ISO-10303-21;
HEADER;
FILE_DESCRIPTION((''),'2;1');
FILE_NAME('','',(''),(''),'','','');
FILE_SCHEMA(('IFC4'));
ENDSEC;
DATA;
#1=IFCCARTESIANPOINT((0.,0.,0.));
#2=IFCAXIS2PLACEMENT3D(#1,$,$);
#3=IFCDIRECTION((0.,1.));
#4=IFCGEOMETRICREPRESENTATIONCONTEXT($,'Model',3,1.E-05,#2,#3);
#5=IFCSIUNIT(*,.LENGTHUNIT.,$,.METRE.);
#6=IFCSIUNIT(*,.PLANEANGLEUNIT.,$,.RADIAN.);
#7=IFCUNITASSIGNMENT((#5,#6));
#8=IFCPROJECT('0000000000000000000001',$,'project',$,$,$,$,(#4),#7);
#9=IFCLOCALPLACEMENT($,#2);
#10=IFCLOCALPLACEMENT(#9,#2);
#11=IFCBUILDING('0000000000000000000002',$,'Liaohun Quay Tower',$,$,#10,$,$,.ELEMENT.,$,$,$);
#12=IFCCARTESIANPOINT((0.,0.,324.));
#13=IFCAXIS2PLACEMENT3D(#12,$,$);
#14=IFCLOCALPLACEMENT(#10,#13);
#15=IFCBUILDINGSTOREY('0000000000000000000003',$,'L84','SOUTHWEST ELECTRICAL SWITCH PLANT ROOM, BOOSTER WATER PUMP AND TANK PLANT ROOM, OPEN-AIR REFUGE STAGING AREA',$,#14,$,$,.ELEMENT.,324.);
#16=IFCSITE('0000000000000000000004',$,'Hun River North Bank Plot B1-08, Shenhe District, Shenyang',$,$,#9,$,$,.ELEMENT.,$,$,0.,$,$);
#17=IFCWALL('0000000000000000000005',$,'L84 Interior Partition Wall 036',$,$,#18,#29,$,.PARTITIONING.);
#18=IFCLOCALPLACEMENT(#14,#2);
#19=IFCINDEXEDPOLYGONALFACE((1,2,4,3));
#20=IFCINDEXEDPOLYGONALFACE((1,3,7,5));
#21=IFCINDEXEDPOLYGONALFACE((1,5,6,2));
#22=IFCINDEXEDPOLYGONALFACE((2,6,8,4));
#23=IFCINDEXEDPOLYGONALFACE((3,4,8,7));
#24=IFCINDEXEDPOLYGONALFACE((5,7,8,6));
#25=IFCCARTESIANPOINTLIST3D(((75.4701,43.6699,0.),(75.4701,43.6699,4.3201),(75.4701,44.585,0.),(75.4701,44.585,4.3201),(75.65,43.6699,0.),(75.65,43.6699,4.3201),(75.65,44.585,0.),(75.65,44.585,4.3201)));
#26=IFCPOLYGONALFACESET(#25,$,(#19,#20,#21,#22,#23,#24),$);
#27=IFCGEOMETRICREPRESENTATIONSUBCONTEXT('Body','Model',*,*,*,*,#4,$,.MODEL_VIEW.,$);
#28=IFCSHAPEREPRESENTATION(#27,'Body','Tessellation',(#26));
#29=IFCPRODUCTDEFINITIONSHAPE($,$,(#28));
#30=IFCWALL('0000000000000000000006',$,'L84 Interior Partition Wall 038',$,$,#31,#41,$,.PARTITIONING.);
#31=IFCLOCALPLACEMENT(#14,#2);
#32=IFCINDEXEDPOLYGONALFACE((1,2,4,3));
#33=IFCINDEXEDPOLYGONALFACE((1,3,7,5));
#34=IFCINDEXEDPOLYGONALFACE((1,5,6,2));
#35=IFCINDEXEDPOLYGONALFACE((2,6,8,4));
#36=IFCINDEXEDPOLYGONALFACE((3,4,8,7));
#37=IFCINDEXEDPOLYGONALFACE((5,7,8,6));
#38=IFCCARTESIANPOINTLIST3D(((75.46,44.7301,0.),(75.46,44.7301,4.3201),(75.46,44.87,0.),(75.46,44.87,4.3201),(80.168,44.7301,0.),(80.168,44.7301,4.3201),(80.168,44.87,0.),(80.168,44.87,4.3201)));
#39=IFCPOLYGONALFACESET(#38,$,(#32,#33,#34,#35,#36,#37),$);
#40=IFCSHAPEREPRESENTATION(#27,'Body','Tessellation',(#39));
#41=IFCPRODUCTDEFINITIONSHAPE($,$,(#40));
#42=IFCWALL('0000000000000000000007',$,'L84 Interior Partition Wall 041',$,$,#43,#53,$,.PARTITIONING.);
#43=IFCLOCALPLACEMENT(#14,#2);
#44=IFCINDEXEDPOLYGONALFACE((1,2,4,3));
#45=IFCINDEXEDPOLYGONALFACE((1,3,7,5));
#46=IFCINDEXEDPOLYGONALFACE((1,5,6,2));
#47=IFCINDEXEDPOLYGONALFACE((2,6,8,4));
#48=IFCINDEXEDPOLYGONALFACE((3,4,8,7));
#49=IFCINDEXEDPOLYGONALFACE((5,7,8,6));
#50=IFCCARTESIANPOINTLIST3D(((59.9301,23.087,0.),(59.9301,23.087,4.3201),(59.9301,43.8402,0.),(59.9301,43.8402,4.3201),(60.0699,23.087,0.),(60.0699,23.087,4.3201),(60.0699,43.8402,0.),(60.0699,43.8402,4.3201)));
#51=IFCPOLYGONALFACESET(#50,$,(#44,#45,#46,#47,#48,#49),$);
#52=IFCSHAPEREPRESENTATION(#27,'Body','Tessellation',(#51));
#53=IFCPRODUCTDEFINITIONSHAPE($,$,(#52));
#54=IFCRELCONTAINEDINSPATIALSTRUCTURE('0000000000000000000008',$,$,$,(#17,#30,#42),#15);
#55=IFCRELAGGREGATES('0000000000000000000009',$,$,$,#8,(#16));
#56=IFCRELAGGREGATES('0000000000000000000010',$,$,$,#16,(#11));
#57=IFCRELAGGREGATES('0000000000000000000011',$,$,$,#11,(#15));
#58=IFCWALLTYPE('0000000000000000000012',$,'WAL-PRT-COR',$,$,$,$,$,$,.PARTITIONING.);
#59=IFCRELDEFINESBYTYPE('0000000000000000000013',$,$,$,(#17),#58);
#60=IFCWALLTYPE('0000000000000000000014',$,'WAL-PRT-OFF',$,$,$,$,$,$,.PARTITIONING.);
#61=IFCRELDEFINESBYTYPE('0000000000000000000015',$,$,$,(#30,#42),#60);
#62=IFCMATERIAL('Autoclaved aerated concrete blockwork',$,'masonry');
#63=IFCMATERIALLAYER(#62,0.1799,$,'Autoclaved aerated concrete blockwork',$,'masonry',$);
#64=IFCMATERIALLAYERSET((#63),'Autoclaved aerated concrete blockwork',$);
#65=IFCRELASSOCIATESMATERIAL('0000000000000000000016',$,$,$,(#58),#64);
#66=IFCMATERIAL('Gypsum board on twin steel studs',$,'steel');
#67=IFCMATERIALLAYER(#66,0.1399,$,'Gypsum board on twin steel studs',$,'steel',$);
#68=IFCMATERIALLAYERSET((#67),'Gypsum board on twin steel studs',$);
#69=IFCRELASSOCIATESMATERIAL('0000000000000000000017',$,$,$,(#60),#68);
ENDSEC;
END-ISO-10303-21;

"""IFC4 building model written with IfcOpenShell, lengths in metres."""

from ifc_helpers import new_model, si_unit, direction, frame, frame_2d, origin, place, context, subcontext, project, spatial, rectangle, extrude, material, layer, layer_set, type_object, element, save


model = new_model("IFC4")

# Units and contexts
model_context = context("Model", 3, precision=1e-05, world=origin(), true_north=direction((0.0, 1.0)))
body_context = subcontext(model_context, "Body", "Model", "MODEL_VIEW")
ifc_project = project(units=[si_unit("LENGTHUNIT", "METRE"), si_unit("PLANEANGLEUNIT", "RADIAN")], contexts=[model_context])

# Site, building, storey
site_placement = place(None, origin())
site = spatial("IfcSite", under=ifc_project, at=site_placement, Name="Hun River North Bank Plot B1-08, Shenhe District, Shenyang", CompositionType="ELEMENT", RefElevation=0.0)
building_placement = place(site_placement, origin())
building = spatial("IfcBuilding", under=site, at=building_placement, Name="Liaohun Quay Tower", CompositionType="ELEMENT")
storey_placement = place(building_placement, frame((0.0, 0.0, 324.0)))
storey = spatial("IfcBuildingStorey", under=building, at=storey_placement, Name="L84", Description="SOUTHWEST ELECTRICAL SWITCH PLANT ROOM, BOOSTER WATER PUMP AND TANK PLANT ROOM, OPEN-AIR REFUGE STAGING AREA", CompositionType="ELEMENT", Elevation=324.0)

# Shared definitions
ifc_material_1 = material(Name="Autoclaved aerated concrete blockwork", Category="masonry")
ifc_layer_1 = layer(ifc_material_1, 0.1799, Name="Autoclaved aerated concrete blockwork", Category="masonry")
ifc_layer_set_1 = layer_set([ifc_layer_1], Name="Autoclaved aerated concrete blockwork")
wall_type_1 = type_object("IfcWallType", Name="WAL-PRT-COR", PredefinedType="PARTITIONING", material=ifc_layer_set_1)

# Walls
wall_1_placement = place(storey_placement, frame((75.5601, 44.585, 0.0), z_axis=(0.0, 0.0, 1.0), x_axis=(0.0, -1.0, 0.0)))
element("IfcWall", 1, at=wall_1_placement, inside=storey, type_object=wall_type_1, Name="L84 Interior Partition Wall 036", PredefinedType="PARTITIONING", context=body_context, shape_type="SweptSolid", body=[
    extrude(rectangle(XDim=0.915, YDim=0.1799, at=frame_2d((0.4575, 0.0))), origin(), (0.0, 0.0, 1.0), 4.3201),
])
ifc_material_2 = material(Name="Gypsum board on twin steel studs", Category="steel")
ifc_layer_2 = layer(ifc_material_2, 0.1399, Name="Gypsum board on twin steel studs", Category="steel")
ifc_layer_set_2 = layer_set([ifc_layer_2], Name="Gypsum board on twin steel studs")
wall_type_2 = type_object("IfcWallType", Name="WAL-PRT-OFF", PredefinedType="PARTITIONING", material=ifc_layer_set_2)
wall_2_placement = place(storey_placement, frame((75.46, 44.8, 0.0), z_axis=(0.0, 0.0, 1.0), x_axis=(1.0, 0.0, 0.0)))
element("IfcWall", 2, at=wall_2_placement, inside=storey, type_object=wall_type_2, Name="L84 Interior Partition Wall 038", PredefinedType="PARTITIONING", context=body_context, shape_type="SweptSolid", body=[
    extrude(rectangle(XDim=4.708, YDim=0.1399, at=frame_2d((2.354, 0.0))), origin(), (0.0, 0.0, 1.0), 4.3201),
])
wall_3_placement = place(storey_placement, frame((60.0, 43.8401, 0.0), z_axis=(0.0, 0.0, 1.0), x_axis=(0.0, -1.0, 0.0)))
element("IfcWall", 3, at=wall_3_placement, inside=storey, type_object=wall_type_2, Name="L84 Interior Partition Wall 041", PredefinedType="PARTITIONING", context=body_context, shape_type="SweptSolid", body=[
    extrude(rectangle(XDim=20.7532, YDim=0.1399, at=frame_2d((10.3765, 0.0))), origin(), (0.0, 0.0, 1.0), 4.3201),
])

save(model, "model.ifc")
